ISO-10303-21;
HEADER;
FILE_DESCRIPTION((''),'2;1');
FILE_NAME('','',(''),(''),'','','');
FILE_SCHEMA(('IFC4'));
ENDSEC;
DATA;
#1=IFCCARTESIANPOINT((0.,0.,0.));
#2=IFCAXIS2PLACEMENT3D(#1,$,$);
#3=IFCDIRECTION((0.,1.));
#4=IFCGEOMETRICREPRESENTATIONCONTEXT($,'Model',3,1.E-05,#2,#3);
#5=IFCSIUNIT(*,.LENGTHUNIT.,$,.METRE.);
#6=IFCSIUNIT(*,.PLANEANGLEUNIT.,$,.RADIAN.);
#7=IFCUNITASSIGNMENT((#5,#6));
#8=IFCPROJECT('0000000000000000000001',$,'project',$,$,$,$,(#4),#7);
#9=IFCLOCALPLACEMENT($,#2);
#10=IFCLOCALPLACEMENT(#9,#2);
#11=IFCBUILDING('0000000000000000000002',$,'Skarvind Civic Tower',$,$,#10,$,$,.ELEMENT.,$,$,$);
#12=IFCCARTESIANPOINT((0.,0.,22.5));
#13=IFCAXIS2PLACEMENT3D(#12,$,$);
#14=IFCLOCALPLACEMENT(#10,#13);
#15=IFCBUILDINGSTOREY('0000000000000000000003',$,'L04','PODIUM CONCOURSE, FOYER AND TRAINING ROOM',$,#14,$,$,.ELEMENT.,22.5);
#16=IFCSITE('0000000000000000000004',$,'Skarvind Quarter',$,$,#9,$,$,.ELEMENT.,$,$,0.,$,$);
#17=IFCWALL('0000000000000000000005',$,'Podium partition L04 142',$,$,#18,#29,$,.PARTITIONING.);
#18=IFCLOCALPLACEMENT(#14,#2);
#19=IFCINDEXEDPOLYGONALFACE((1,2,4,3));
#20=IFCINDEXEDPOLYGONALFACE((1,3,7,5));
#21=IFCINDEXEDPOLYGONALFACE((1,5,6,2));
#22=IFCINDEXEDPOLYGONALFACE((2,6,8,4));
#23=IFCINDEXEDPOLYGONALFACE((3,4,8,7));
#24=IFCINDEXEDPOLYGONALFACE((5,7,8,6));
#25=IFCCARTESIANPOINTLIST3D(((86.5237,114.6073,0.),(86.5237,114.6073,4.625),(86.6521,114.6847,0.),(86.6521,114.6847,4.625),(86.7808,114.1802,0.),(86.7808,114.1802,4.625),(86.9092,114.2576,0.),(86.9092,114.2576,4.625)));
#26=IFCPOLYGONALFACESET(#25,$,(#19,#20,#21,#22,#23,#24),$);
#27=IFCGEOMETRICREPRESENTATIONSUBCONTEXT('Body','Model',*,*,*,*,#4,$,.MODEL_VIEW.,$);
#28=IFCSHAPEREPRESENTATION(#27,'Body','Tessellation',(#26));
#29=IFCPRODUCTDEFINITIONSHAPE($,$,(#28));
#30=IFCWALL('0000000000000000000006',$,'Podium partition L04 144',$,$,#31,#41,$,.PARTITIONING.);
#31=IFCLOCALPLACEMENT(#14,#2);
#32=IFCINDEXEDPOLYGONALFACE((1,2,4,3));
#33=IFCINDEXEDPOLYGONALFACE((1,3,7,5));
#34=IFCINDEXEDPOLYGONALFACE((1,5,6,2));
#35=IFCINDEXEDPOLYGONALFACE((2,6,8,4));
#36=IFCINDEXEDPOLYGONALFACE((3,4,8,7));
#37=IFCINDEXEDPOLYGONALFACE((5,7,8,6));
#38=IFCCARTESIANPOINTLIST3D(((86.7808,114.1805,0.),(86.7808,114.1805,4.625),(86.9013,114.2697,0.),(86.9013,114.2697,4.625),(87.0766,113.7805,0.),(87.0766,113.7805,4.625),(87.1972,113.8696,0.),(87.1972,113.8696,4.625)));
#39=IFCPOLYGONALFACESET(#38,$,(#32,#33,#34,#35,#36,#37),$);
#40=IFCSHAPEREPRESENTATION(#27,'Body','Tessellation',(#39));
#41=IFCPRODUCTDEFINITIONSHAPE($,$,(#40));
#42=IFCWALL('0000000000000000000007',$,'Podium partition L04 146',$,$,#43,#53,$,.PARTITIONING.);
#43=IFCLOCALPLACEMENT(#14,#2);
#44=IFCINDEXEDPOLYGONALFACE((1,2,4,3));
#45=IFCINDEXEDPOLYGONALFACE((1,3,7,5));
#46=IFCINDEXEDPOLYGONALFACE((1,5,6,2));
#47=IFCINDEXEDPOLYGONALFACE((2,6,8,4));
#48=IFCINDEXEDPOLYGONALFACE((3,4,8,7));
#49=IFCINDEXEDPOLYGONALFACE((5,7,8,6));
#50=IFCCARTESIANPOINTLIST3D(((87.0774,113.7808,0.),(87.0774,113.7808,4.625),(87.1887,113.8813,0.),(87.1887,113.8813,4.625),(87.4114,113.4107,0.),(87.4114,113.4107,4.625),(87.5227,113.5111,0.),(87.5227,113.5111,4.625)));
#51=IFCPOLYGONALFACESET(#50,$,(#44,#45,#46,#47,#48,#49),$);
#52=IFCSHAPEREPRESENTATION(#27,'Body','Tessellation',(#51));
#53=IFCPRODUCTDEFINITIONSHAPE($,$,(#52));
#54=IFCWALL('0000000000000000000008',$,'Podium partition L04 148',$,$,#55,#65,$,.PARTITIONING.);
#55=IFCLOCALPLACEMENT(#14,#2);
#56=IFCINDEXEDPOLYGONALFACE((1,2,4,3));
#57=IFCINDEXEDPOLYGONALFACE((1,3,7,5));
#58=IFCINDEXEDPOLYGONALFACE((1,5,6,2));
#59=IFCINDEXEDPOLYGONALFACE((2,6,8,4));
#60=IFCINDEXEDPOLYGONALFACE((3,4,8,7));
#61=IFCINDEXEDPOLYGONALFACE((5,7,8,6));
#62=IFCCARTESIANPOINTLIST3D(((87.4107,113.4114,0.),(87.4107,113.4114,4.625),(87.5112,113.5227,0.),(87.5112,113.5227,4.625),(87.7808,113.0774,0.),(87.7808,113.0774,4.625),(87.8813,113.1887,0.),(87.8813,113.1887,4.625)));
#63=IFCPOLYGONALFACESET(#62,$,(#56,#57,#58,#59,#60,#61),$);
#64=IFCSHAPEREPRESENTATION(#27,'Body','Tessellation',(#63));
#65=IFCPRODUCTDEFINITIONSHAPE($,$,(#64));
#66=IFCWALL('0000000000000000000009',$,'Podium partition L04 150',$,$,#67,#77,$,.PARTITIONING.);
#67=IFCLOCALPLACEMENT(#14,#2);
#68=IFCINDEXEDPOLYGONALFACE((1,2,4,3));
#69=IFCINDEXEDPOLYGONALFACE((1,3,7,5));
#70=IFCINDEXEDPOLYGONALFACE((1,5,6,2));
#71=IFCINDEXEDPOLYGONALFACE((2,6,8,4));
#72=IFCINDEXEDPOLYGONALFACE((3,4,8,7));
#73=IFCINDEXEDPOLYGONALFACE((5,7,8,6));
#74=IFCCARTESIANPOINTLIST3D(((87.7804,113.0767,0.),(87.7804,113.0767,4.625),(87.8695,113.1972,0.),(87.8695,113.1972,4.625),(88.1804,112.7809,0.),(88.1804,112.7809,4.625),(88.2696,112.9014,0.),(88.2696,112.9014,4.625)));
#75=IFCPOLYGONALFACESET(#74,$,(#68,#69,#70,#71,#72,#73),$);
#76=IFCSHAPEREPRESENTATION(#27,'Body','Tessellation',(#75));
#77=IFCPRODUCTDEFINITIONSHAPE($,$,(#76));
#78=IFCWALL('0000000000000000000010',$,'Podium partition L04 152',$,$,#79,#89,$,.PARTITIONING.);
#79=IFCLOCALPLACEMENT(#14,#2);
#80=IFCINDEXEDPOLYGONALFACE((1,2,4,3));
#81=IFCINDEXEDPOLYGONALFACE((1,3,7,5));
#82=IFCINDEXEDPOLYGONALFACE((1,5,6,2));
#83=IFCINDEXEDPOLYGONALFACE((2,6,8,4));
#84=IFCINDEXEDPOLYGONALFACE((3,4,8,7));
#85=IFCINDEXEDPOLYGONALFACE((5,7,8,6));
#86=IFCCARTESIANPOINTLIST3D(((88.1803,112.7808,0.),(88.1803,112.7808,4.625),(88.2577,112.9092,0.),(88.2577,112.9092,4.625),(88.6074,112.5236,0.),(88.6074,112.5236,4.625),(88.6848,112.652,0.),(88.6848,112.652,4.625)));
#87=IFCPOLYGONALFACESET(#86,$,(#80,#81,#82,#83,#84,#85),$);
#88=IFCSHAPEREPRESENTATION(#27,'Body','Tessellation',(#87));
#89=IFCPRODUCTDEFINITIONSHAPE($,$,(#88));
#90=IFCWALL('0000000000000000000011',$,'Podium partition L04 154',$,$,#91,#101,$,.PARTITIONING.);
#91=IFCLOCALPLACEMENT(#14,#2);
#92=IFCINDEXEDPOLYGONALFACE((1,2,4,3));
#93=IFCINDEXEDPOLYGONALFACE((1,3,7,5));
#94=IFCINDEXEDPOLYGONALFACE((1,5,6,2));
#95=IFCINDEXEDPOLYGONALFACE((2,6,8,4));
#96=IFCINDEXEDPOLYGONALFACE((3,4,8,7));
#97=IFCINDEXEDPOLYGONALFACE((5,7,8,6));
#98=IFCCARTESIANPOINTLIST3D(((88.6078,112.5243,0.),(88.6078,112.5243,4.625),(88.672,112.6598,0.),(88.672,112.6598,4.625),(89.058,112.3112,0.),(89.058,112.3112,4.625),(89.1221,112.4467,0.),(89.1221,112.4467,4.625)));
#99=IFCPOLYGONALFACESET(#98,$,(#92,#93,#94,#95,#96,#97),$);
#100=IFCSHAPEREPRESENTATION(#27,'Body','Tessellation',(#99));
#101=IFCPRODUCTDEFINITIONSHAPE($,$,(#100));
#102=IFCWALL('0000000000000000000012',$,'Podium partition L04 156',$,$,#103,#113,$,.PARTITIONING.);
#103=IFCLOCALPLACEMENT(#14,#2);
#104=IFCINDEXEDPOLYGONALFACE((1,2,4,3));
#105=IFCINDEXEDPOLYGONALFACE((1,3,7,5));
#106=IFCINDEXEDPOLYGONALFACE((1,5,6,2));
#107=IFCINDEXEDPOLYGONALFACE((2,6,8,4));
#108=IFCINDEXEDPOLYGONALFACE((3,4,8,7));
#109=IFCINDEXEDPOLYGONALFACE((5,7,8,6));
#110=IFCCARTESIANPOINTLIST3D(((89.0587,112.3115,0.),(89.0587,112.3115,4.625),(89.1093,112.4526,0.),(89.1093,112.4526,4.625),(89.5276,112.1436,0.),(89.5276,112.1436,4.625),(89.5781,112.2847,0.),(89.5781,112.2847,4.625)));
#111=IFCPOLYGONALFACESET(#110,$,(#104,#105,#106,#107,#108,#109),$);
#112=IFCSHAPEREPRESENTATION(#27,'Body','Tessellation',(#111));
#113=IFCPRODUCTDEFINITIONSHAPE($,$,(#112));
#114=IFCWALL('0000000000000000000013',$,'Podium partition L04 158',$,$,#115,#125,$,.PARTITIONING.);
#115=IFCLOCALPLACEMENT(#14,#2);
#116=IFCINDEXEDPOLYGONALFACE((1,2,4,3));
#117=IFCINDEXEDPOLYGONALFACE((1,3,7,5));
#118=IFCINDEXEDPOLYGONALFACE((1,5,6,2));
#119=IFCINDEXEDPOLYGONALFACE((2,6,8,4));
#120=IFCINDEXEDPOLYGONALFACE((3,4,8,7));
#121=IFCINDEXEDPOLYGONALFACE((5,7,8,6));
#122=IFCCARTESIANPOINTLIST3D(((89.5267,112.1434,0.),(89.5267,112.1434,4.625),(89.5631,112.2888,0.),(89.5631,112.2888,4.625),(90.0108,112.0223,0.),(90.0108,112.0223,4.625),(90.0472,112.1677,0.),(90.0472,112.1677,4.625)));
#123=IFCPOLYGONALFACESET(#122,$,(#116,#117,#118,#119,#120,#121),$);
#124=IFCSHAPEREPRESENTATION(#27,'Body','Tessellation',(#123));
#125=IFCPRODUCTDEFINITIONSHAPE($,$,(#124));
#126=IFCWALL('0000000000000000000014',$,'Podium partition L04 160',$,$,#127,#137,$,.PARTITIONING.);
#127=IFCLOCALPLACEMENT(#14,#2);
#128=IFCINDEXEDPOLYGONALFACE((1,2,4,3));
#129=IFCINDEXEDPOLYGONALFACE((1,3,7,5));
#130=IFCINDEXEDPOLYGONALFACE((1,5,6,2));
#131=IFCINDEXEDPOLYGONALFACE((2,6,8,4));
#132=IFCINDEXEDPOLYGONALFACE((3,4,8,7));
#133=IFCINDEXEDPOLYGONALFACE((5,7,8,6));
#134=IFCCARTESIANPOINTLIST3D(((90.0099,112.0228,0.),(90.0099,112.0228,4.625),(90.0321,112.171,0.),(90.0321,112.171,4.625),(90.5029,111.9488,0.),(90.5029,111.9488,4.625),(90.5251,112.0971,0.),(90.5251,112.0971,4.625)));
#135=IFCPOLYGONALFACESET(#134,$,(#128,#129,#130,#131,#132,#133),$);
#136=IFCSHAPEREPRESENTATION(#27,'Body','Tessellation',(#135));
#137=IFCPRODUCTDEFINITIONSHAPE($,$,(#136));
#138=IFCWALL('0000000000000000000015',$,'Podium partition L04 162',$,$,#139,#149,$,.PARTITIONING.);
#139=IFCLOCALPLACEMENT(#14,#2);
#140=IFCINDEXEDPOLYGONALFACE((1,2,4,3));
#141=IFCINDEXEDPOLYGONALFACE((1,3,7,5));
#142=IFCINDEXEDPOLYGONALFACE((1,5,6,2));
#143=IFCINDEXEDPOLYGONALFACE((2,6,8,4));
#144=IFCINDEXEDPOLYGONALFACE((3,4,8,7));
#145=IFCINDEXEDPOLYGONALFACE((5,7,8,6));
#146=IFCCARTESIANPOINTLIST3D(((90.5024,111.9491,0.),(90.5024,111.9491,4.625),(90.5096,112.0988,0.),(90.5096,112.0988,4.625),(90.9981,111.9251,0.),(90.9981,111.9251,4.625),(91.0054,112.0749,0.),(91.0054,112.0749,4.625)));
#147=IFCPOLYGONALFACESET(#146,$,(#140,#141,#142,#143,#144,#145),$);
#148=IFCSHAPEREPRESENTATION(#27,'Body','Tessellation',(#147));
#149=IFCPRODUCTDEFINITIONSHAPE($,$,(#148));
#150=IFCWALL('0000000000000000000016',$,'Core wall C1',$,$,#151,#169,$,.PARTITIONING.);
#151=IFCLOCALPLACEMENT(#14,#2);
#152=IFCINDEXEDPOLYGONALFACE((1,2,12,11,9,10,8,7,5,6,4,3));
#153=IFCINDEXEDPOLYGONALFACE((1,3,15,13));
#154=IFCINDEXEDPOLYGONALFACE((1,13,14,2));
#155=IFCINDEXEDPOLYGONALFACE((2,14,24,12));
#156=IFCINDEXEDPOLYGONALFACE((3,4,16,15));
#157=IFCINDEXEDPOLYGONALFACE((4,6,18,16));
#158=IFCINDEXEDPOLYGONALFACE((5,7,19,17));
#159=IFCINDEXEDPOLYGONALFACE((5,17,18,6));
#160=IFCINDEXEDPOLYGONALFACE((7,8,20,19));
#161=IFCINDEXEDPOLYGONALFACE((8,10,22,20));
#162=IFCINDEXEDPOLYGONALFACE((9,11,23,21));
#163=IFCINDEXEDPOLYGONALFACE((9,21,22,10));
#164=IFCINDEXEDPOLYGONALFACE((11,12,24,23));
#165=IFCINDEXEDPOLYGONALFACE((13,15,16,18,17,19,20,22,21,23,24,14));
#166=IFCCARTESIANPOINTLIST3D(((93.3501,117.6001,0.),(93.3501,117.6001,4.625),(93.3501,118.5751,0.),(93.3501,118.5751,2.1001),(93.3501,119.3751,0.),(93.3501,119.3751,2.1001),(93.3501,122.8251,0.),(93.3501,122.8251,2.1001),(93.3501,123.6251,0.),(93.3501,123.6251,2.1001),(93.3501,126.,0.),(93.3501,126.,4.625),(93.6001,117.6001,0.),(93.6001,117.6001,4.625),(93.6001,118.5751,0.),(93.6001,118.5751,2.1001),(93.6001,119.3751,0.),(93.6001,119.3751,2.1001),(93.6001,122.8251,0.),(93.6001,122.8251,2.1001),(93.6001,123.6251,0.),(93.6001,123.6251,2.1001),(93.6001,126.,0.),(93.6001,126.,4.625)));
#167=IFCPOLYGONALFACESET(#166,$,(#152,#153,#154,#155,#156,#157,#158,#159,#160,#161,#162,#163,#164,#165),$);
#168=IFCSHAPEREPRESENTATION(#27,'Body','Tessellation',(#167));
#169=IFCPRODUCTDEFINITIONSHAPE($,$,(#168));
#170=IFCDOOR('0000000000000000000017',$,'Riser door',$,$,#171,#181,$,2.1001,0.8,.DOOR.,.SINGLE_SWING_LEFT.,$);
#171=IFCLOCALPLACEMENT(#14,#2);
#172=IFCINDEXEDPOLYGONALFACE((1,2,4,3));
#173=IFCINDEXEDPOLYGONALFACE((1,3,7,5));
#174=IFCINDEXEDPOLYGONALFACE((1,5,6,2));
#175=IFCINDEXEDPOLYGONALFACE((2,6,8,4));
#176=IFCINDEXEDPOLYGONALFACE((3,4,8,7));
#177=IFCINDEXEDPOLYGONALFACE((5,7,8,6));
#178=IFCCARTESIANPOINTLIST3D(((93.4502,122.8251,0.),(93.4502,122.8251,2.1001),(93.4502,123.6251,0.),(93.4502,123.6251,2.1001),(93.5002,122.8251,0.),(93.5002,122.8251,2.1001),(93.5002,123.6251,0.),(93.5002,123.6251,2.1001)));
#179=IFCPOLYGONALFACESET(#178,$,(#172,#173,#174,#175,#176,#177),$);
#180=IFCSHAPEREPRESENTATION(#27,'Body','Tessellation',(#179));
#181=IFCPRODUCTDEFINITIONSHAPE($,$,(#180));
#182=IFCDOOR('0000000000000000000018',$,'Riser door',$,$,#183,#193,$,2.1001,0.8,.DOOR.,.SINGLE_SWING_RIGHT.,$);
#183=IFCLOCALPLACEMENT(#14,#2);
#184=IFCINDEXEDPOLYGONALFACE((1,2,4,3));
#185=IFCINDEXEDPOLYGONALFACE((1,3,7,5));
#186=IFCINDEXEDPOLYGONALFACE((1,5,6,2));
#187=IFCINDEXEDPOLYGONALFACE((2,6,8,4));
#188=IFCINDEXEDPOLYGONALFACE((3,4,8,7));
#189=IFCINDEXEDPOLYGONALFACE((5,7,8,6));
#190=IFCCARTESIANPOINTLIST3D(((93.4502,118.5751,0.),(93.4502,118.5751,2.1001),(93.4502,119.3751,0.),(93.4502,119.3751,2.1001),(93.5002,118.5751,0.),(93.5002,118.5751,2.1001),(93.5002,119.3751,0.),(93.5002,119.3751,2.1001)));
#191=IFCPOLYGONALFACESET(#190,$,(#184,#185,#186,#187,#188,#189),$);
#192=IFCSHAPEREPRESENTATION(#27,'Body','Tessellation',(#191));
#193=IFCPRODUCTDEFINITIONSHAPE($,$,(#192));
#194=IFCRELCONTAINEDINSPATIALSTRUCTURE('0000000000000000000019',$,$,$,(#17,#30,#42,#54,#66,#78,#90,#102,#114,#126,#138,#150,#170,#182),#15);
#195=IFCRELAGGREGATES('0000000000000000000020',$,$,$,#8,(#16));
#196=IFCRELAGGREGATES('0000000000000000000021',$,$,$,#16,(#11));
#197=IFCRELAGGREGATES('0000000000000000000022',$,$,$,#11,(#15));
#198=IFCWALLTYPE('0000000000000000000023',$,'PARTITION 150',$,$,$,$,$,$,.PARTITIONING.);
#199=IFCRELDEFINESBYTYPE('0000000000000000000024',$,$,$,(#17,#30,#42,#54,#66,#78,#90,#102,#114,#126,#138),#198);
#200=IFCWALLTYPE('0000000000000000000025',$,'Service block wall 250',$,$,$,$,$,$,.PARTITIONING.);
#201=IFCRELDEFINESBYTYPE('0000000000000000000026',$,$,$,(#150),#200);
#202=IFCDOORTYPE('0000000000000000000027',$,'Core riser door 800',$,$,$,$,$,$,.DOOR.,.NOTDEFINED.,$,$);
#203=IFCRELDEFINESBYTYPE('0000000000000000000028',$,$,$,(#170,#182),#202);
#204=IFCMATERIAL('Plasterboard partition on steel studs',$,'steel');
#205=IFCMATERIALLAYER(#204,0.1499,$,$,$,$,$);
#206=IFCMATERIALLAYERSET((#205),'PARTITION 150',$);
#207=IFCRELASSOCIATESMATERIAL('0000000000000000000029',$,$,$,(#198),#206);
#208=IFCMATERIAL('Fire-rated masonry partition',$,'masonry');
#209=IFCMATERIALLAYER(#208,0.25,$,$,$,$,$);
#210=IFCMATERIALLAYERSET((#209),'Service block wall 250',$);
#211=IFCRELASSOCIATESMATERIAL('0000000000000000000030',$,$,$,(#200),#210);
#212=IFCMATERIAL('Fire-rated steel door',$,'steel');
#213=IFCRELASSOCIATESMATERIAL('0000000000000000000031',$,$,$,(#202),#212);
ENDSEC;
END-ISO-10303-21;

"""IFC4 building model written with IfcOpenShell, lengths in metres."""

from ifc_helpers import new_model, si_unit, direction, frame, frame_2d, origin, place, context, subcontext, project, spatial, rectangle, extrude, material, layer, layer_set, type_object, element, fill, save


model = new_model("IFC4")

# Units and contexts
model_context = context("Model", 3, precision=1e-05, world=origin(), true_north=direction((0.0, 1.0)))
body_context = subcontext(model_context, "Body", "Model", "MODEL_VIEW")
ifc_project = project(units=[si_unit("LENGTHUNIT", "METRE"), si_unit("PLANEANGLEUNIT", "RADIAN")], contexts=[model_context])

# Site, building, storey
site_placement = place(None, origin())
site = spatial("IfcSite", under=ifc_project, at=site_placement, Name="Skarvind Quarter", CompositionType="ELEMENT", RefElevation=0.0)
building_placement = place(site_placement, origin())
building = spatial("IfcBuilding", under=site, at=building_placement, Name="Skarvind Civic Tower", CompositionType="ELEMENT")
storey_placement = place(building_placement, frame((0.0, 0.0, 22.5)))
storey = spatial("IfcBuildingStorey", under=building, at=storey_placement, Name="L04", Description="PODIUM CONCOURSE, FOYER AND TRAINING ROOM", CompositionType="ELEMENT", Elevation=22.5)

# Shared definitions
ifc_material_1 = material(Name="Fire-rated masonry partition", Category="masonry")
ifc_material_2 = material(Name="Fire-rated steel door", Category="steel")

# Walls
ifc_material_3 = material(Name="Plasterboard partition on steel studs", Category="steel")
ifc_layer_1 = layer(ifc_material_3, 0.1499)
ifc_layer_set_1 = layer_set([ifc_layer_1], Name="PARTITION 150")
wall_type_1 = type_object("IfcWallType", Name="PARTITION 150", PredefinedType="PARTITIONING", material=ifc_layer_set_1)
wall_1_placement = place(storey_placement, frame((86.5879, 114.646, 0.0), z_axis=(0.0, 0.0, 1.0), x_axis=(0.515792, -0.856714, 0.0)))
element("IfcWall", 1, at=wall_1_placement, inside=storey, type_object=wall_type_1, Name="Podium partition L04 142", PredefinedType="PARTITIONING", context=body_context, shape_type="SweptSolid", body=[
    extrude(rectangle(XDim=0.4985, YDim=0.1499, at=frame_2d((0.2493, 0.0))), origin(), (0.0, 0.0, 1.0), 4.625),
])
wall_2_placement = place(storey_placement, frame((86.8411, 114.2251, 0.0), z_axis=(0.0, 0.0, 1.0), x_axis=(0.59457, -0.804044, 0.0)))
element("IfcWall", 2, at=wall_2_placement, inside=storey, type_object=wall_type_1, Name="Podium partition L04 144", PredefinedType="PARTITIONING", context=body_context, shape_type="SweptSolid", body=[
    extrude(rectangle(XDim=0.4976, YDim=0.1499, at=frame_2d((0.2488, 0.0))), origin(), (0.0, 0.0, 1.0), 4.625),
])
for number, where, z_axis, x_axis, name in (
    (3, (87.1331, 113.8311, 0.0), (0.0, 0.0, 1.0), (0.669938, -0.742417, 0.0), "Podium partition L04 146"),
    (4, (87.4609, 113.467, 0.0), (0.0, 0.0, 1.0), (0.742417, -0.669938, 0.0), "Podium partition L04 148"),
):
    element("IfcWall", number, at=place(storey_placement, frame(where, z_axis=z_axis, x_axis=x_axis)), inside=storey, type_object=wall_type_1, Name=name, PredefinedType="PARTITIONING", context=body_context, shape_type="SweptSolid", body=[
        extrude(rectangle(XDim=0.4985, YDim=0.1499, at=frame_2d((0.2493, 0.0))), origin(), (0.0, 0.0, 1.0), 4.625),
    ])
wall_3_placement = place(storey_placement, frame((87.825, 113.137, 0.0), z_axis=(0.0, 0.0, 1.0), x_axis=(0.804044, -0.59457, 0.0)))
element("IfcWall", 5, at=wall_3_placement, inside=storey, type_object=wall_type_1, Name="Podium partition L04 150", PredefinedType="PARTITIONING", context=body_context, shape_type="SweptSolid", body=[
    extrude(rectangle(XDim=0.4976, YDim=0.1499, at=frame_2d((0.2488, 0.0))), origin(), (0.0, 0.0, 1.0), 4.625),
])
wall_4_placement = place(storey_placement, frame((88.219, 112.845, 0.0), z_axis=(0.0, 0.0, 1.0), x_axis=(0.856714, -0.515792, 0.0)))
element("IfcWall", 6, at=wall_4_placement, inside=storey, type_object=wall_type_1, Name="Podium partition L04 152", PredefinedType="PARTITIONING", context=body_context, shape_type="SweptSolid", body=[
    extrude(rectangle(XDim=0.4985, YDim=0.1499, at=frame_2d((0.2493, 0.0))), origin(), (0.0, 0.0, 1.0), 4.625),
])
for number, where, z_axis, x_axis, name in (
    (7, (88.6399, 112.592, 0.0), (0.0, 0.0, 1.0), (0.903828, -0.427897, 0.0), "Podium partition L04 154"),
    (8, (89.084, 112.3821, 0.0), (0.0, 0.0, 1.0), (0.941442, -0.337174, 0.0), "Podium partition L04 156"),
):
    element("IfcWall", number, at=place(storey_placement, frame(where, z_axis=z_axis, x_axis=x_axis)), inside=storey, type_object=wall_type_1, Name=name, PredefinedType="PARTITIONING", context=body_context, shape_type="SweptSolid", body=[
        extrude(rectangle(XDim=0.498, YDim=0.1499, at=frame_2d((0.249, 0.0))), origin(), (0.0, 0.0, 1.0), 4.625),
    ])
wall_5_placement = place(storey_placement, frame((89.5449, 112.2161, 0.0), z_axis=(0.0, 0.0, 1.0), x_axis=(0.970114, -0.242651, 0.0)))
element("IfcWall", 9, at=wall_5_placement, inside=storey, type_object=wall_type_1, Name="Podium partition L04 158", PredefinedType="PARTITIONING", context=body_context, shape_type="SweptSolid", body=[
    extrude(rectangle(XDim=0.499, YDim=0.1499, at=frame_2d((0.2495, 0.0))), origin(), (0.0, 0.0, 1.0), 4.625),
])
wall_6_placement = place(storey_placement, frame((90.021, 112.0969, 0.0), z_axis=(0.0, 0.0, 1.0), x_axis=(0.988926, -0.148412, 0.0)))
element("IfcWall", 10, at=wall_6_placement, inside=storey, type_object=wall_type_1, Name="Podium partition L04 160", PredefinedType="PARTITIONING", context=body_context, shape_type="SweptSolid", body=[
    extrude(rectangle(XDim=0.4985, YDim=0.1499, at=frame_2d((0.2493, 0.0))), origin(), (0.0, 0.0, 1.0), 4.625),
])
wall_7_placement = place(storey_placement, frame((90.5061, 112.0239, 0.0), z_axis=(0.0, 0.0, 1.0), x_axis=(0.998838, -0.048196, 0.0)))
element("IfcWall", 11, at=wall_7_placement, inside=storey, type_object=wall_type_1, Name="Podium partition L04 162", PredefinedType="PARTITIONING", context=body_context, shape_type="SweptSolid", body=[
    extrude(rectangle(XDim=0.4963, YDim=0.1499, at=frame_2d((0.248, 0.0))), origin(), (0.0, 0.0, 1.0), 4.625),
])

# Wall, openings, doors
ifc_layer_2 = layer(ifc_material_1, 0.25)
ifc_layer_set_2 = layer_set([ifc_layer_2], Name="Service block wall 250")
wall_type_2 = type_object("IfcWallType", Name="Service block wall 250", PredefinedType="PARTITIONING", material=ifc_layer_set_2)
wall_8_placement = place(storey_placement, frame((93.4751, 117.6001, 0.0), z_axis=(0.0, 0.0, 1.0), x_axis=(0.0, 1.0, 0.0)))
wall_8 = element("IfcWall", 12, at=wall_8_placement, inside=storey, type_object=wall_type_2, Name="Core wall C1", PredefinedType="PARTITIONING", context=body_context, shape_type="SweptSolid", body=[
    extrude(rectangle(XDim=8.3999, YDim=0.25, at=frame_2d((4.2, 0.0))), origin(), (0.0, 0.0, 1.0), 4.625),
])
opening_1_placement = place(wall_8_placement, frame((5.2251, 0.0, 0.0)))
opening_1 = element("IfcOpeningElement", 13, at=opening_1_placement, cuts=wall_8, PredefinedType="OPENING", context=body_context, shape_type="SweptSolid", body=[
    extrude(rectangle(XDim=0.8, YDim=2.1001, at=frame_2d((0.3999, 1.05))), frame((0.0, 0.135, 0.0), z_axis=(0.0, -1.0, 0.0), x_axis=(1.0, 0.0, 0.0)), (0.0, 0.0, 1.0), 0.27),
])
opening_2_placement = place(wall_8_placement, frame((0.9751, 0.0, 0.0)))
opening_2 = element("IfcOpeningElement", 14, at=opening_2_placement, cuts=wall_8, PredefinedType="OPENING", context=body_context, shape_type="SweptSolid", body=[
    extrude(rectangle(XDim=0.8, YDim=2.1001, at=frame_2d((0.3999, 1.05))), frame((0.0, 0.135, 0.0), z_axis=(0.0, -1.0, 0.0), x_axis=(1.0, 0.0, 0.0)), (0.0, 0.0, 1.0), 0.27),
])
door_type_1 = type_object("IfcDoorType", Name="Core riser door 800", OperationType="NOTDEFINED", PredefinedType="DOOR", material=ifc_material_2)
door_1_placement = place(opening_1_placement, origin())
door_1 = element("IfcDoor", 15, at=door_1_placement, inside=storey, type_object=door_type_1, Name="Riser door", OperationType="SINGLE_SWING_LEFT", OverallHeight=2.1001, OverallWidth=0.8, PredefinedType="DOOR", context=body_context, shape_type="SweptSolid", body=[
    extrude(rectangle(XDim=0.8, YDim=2.1001, at=frame_2d((0.3999, 1.05))), frame((0.0, 0.0249, 0.0), z_axis=(0.0, -1.0, 0.0), x_axis=(1.0, 0.0, 0.0)), (0.0, 0.0, 1.0), 0.05),
])
fill(opening_1, door_1)
door_2_placement = place(opening_2_placement, origin())
door_2 = element("IfcDoor", 16, at=door_2_placement, inside=storey, type_object=door_type_1, Name="Riser door", OperationType="SINGLE_SWING_RIGHT", OverallHeight=2.1001, OverallWidth=0.8, PredefinedType="DOOR", context=body_context, shape_type="SweptSolid", body=[
    extrude(rectangle(XDim=0.8, YDim=2.1001, at=frame_2d((0.3999, 1.05))), frame((0.0, 0.0249, 0.0), z_axis=(0.0, -1.0, 0.0), x_axis=(1.0, 0.0, 0.0)), (0.0, 0.0, 1.0), 0.05),
])
fill(opening_2, door_2)

save(model, "model.ifc")
